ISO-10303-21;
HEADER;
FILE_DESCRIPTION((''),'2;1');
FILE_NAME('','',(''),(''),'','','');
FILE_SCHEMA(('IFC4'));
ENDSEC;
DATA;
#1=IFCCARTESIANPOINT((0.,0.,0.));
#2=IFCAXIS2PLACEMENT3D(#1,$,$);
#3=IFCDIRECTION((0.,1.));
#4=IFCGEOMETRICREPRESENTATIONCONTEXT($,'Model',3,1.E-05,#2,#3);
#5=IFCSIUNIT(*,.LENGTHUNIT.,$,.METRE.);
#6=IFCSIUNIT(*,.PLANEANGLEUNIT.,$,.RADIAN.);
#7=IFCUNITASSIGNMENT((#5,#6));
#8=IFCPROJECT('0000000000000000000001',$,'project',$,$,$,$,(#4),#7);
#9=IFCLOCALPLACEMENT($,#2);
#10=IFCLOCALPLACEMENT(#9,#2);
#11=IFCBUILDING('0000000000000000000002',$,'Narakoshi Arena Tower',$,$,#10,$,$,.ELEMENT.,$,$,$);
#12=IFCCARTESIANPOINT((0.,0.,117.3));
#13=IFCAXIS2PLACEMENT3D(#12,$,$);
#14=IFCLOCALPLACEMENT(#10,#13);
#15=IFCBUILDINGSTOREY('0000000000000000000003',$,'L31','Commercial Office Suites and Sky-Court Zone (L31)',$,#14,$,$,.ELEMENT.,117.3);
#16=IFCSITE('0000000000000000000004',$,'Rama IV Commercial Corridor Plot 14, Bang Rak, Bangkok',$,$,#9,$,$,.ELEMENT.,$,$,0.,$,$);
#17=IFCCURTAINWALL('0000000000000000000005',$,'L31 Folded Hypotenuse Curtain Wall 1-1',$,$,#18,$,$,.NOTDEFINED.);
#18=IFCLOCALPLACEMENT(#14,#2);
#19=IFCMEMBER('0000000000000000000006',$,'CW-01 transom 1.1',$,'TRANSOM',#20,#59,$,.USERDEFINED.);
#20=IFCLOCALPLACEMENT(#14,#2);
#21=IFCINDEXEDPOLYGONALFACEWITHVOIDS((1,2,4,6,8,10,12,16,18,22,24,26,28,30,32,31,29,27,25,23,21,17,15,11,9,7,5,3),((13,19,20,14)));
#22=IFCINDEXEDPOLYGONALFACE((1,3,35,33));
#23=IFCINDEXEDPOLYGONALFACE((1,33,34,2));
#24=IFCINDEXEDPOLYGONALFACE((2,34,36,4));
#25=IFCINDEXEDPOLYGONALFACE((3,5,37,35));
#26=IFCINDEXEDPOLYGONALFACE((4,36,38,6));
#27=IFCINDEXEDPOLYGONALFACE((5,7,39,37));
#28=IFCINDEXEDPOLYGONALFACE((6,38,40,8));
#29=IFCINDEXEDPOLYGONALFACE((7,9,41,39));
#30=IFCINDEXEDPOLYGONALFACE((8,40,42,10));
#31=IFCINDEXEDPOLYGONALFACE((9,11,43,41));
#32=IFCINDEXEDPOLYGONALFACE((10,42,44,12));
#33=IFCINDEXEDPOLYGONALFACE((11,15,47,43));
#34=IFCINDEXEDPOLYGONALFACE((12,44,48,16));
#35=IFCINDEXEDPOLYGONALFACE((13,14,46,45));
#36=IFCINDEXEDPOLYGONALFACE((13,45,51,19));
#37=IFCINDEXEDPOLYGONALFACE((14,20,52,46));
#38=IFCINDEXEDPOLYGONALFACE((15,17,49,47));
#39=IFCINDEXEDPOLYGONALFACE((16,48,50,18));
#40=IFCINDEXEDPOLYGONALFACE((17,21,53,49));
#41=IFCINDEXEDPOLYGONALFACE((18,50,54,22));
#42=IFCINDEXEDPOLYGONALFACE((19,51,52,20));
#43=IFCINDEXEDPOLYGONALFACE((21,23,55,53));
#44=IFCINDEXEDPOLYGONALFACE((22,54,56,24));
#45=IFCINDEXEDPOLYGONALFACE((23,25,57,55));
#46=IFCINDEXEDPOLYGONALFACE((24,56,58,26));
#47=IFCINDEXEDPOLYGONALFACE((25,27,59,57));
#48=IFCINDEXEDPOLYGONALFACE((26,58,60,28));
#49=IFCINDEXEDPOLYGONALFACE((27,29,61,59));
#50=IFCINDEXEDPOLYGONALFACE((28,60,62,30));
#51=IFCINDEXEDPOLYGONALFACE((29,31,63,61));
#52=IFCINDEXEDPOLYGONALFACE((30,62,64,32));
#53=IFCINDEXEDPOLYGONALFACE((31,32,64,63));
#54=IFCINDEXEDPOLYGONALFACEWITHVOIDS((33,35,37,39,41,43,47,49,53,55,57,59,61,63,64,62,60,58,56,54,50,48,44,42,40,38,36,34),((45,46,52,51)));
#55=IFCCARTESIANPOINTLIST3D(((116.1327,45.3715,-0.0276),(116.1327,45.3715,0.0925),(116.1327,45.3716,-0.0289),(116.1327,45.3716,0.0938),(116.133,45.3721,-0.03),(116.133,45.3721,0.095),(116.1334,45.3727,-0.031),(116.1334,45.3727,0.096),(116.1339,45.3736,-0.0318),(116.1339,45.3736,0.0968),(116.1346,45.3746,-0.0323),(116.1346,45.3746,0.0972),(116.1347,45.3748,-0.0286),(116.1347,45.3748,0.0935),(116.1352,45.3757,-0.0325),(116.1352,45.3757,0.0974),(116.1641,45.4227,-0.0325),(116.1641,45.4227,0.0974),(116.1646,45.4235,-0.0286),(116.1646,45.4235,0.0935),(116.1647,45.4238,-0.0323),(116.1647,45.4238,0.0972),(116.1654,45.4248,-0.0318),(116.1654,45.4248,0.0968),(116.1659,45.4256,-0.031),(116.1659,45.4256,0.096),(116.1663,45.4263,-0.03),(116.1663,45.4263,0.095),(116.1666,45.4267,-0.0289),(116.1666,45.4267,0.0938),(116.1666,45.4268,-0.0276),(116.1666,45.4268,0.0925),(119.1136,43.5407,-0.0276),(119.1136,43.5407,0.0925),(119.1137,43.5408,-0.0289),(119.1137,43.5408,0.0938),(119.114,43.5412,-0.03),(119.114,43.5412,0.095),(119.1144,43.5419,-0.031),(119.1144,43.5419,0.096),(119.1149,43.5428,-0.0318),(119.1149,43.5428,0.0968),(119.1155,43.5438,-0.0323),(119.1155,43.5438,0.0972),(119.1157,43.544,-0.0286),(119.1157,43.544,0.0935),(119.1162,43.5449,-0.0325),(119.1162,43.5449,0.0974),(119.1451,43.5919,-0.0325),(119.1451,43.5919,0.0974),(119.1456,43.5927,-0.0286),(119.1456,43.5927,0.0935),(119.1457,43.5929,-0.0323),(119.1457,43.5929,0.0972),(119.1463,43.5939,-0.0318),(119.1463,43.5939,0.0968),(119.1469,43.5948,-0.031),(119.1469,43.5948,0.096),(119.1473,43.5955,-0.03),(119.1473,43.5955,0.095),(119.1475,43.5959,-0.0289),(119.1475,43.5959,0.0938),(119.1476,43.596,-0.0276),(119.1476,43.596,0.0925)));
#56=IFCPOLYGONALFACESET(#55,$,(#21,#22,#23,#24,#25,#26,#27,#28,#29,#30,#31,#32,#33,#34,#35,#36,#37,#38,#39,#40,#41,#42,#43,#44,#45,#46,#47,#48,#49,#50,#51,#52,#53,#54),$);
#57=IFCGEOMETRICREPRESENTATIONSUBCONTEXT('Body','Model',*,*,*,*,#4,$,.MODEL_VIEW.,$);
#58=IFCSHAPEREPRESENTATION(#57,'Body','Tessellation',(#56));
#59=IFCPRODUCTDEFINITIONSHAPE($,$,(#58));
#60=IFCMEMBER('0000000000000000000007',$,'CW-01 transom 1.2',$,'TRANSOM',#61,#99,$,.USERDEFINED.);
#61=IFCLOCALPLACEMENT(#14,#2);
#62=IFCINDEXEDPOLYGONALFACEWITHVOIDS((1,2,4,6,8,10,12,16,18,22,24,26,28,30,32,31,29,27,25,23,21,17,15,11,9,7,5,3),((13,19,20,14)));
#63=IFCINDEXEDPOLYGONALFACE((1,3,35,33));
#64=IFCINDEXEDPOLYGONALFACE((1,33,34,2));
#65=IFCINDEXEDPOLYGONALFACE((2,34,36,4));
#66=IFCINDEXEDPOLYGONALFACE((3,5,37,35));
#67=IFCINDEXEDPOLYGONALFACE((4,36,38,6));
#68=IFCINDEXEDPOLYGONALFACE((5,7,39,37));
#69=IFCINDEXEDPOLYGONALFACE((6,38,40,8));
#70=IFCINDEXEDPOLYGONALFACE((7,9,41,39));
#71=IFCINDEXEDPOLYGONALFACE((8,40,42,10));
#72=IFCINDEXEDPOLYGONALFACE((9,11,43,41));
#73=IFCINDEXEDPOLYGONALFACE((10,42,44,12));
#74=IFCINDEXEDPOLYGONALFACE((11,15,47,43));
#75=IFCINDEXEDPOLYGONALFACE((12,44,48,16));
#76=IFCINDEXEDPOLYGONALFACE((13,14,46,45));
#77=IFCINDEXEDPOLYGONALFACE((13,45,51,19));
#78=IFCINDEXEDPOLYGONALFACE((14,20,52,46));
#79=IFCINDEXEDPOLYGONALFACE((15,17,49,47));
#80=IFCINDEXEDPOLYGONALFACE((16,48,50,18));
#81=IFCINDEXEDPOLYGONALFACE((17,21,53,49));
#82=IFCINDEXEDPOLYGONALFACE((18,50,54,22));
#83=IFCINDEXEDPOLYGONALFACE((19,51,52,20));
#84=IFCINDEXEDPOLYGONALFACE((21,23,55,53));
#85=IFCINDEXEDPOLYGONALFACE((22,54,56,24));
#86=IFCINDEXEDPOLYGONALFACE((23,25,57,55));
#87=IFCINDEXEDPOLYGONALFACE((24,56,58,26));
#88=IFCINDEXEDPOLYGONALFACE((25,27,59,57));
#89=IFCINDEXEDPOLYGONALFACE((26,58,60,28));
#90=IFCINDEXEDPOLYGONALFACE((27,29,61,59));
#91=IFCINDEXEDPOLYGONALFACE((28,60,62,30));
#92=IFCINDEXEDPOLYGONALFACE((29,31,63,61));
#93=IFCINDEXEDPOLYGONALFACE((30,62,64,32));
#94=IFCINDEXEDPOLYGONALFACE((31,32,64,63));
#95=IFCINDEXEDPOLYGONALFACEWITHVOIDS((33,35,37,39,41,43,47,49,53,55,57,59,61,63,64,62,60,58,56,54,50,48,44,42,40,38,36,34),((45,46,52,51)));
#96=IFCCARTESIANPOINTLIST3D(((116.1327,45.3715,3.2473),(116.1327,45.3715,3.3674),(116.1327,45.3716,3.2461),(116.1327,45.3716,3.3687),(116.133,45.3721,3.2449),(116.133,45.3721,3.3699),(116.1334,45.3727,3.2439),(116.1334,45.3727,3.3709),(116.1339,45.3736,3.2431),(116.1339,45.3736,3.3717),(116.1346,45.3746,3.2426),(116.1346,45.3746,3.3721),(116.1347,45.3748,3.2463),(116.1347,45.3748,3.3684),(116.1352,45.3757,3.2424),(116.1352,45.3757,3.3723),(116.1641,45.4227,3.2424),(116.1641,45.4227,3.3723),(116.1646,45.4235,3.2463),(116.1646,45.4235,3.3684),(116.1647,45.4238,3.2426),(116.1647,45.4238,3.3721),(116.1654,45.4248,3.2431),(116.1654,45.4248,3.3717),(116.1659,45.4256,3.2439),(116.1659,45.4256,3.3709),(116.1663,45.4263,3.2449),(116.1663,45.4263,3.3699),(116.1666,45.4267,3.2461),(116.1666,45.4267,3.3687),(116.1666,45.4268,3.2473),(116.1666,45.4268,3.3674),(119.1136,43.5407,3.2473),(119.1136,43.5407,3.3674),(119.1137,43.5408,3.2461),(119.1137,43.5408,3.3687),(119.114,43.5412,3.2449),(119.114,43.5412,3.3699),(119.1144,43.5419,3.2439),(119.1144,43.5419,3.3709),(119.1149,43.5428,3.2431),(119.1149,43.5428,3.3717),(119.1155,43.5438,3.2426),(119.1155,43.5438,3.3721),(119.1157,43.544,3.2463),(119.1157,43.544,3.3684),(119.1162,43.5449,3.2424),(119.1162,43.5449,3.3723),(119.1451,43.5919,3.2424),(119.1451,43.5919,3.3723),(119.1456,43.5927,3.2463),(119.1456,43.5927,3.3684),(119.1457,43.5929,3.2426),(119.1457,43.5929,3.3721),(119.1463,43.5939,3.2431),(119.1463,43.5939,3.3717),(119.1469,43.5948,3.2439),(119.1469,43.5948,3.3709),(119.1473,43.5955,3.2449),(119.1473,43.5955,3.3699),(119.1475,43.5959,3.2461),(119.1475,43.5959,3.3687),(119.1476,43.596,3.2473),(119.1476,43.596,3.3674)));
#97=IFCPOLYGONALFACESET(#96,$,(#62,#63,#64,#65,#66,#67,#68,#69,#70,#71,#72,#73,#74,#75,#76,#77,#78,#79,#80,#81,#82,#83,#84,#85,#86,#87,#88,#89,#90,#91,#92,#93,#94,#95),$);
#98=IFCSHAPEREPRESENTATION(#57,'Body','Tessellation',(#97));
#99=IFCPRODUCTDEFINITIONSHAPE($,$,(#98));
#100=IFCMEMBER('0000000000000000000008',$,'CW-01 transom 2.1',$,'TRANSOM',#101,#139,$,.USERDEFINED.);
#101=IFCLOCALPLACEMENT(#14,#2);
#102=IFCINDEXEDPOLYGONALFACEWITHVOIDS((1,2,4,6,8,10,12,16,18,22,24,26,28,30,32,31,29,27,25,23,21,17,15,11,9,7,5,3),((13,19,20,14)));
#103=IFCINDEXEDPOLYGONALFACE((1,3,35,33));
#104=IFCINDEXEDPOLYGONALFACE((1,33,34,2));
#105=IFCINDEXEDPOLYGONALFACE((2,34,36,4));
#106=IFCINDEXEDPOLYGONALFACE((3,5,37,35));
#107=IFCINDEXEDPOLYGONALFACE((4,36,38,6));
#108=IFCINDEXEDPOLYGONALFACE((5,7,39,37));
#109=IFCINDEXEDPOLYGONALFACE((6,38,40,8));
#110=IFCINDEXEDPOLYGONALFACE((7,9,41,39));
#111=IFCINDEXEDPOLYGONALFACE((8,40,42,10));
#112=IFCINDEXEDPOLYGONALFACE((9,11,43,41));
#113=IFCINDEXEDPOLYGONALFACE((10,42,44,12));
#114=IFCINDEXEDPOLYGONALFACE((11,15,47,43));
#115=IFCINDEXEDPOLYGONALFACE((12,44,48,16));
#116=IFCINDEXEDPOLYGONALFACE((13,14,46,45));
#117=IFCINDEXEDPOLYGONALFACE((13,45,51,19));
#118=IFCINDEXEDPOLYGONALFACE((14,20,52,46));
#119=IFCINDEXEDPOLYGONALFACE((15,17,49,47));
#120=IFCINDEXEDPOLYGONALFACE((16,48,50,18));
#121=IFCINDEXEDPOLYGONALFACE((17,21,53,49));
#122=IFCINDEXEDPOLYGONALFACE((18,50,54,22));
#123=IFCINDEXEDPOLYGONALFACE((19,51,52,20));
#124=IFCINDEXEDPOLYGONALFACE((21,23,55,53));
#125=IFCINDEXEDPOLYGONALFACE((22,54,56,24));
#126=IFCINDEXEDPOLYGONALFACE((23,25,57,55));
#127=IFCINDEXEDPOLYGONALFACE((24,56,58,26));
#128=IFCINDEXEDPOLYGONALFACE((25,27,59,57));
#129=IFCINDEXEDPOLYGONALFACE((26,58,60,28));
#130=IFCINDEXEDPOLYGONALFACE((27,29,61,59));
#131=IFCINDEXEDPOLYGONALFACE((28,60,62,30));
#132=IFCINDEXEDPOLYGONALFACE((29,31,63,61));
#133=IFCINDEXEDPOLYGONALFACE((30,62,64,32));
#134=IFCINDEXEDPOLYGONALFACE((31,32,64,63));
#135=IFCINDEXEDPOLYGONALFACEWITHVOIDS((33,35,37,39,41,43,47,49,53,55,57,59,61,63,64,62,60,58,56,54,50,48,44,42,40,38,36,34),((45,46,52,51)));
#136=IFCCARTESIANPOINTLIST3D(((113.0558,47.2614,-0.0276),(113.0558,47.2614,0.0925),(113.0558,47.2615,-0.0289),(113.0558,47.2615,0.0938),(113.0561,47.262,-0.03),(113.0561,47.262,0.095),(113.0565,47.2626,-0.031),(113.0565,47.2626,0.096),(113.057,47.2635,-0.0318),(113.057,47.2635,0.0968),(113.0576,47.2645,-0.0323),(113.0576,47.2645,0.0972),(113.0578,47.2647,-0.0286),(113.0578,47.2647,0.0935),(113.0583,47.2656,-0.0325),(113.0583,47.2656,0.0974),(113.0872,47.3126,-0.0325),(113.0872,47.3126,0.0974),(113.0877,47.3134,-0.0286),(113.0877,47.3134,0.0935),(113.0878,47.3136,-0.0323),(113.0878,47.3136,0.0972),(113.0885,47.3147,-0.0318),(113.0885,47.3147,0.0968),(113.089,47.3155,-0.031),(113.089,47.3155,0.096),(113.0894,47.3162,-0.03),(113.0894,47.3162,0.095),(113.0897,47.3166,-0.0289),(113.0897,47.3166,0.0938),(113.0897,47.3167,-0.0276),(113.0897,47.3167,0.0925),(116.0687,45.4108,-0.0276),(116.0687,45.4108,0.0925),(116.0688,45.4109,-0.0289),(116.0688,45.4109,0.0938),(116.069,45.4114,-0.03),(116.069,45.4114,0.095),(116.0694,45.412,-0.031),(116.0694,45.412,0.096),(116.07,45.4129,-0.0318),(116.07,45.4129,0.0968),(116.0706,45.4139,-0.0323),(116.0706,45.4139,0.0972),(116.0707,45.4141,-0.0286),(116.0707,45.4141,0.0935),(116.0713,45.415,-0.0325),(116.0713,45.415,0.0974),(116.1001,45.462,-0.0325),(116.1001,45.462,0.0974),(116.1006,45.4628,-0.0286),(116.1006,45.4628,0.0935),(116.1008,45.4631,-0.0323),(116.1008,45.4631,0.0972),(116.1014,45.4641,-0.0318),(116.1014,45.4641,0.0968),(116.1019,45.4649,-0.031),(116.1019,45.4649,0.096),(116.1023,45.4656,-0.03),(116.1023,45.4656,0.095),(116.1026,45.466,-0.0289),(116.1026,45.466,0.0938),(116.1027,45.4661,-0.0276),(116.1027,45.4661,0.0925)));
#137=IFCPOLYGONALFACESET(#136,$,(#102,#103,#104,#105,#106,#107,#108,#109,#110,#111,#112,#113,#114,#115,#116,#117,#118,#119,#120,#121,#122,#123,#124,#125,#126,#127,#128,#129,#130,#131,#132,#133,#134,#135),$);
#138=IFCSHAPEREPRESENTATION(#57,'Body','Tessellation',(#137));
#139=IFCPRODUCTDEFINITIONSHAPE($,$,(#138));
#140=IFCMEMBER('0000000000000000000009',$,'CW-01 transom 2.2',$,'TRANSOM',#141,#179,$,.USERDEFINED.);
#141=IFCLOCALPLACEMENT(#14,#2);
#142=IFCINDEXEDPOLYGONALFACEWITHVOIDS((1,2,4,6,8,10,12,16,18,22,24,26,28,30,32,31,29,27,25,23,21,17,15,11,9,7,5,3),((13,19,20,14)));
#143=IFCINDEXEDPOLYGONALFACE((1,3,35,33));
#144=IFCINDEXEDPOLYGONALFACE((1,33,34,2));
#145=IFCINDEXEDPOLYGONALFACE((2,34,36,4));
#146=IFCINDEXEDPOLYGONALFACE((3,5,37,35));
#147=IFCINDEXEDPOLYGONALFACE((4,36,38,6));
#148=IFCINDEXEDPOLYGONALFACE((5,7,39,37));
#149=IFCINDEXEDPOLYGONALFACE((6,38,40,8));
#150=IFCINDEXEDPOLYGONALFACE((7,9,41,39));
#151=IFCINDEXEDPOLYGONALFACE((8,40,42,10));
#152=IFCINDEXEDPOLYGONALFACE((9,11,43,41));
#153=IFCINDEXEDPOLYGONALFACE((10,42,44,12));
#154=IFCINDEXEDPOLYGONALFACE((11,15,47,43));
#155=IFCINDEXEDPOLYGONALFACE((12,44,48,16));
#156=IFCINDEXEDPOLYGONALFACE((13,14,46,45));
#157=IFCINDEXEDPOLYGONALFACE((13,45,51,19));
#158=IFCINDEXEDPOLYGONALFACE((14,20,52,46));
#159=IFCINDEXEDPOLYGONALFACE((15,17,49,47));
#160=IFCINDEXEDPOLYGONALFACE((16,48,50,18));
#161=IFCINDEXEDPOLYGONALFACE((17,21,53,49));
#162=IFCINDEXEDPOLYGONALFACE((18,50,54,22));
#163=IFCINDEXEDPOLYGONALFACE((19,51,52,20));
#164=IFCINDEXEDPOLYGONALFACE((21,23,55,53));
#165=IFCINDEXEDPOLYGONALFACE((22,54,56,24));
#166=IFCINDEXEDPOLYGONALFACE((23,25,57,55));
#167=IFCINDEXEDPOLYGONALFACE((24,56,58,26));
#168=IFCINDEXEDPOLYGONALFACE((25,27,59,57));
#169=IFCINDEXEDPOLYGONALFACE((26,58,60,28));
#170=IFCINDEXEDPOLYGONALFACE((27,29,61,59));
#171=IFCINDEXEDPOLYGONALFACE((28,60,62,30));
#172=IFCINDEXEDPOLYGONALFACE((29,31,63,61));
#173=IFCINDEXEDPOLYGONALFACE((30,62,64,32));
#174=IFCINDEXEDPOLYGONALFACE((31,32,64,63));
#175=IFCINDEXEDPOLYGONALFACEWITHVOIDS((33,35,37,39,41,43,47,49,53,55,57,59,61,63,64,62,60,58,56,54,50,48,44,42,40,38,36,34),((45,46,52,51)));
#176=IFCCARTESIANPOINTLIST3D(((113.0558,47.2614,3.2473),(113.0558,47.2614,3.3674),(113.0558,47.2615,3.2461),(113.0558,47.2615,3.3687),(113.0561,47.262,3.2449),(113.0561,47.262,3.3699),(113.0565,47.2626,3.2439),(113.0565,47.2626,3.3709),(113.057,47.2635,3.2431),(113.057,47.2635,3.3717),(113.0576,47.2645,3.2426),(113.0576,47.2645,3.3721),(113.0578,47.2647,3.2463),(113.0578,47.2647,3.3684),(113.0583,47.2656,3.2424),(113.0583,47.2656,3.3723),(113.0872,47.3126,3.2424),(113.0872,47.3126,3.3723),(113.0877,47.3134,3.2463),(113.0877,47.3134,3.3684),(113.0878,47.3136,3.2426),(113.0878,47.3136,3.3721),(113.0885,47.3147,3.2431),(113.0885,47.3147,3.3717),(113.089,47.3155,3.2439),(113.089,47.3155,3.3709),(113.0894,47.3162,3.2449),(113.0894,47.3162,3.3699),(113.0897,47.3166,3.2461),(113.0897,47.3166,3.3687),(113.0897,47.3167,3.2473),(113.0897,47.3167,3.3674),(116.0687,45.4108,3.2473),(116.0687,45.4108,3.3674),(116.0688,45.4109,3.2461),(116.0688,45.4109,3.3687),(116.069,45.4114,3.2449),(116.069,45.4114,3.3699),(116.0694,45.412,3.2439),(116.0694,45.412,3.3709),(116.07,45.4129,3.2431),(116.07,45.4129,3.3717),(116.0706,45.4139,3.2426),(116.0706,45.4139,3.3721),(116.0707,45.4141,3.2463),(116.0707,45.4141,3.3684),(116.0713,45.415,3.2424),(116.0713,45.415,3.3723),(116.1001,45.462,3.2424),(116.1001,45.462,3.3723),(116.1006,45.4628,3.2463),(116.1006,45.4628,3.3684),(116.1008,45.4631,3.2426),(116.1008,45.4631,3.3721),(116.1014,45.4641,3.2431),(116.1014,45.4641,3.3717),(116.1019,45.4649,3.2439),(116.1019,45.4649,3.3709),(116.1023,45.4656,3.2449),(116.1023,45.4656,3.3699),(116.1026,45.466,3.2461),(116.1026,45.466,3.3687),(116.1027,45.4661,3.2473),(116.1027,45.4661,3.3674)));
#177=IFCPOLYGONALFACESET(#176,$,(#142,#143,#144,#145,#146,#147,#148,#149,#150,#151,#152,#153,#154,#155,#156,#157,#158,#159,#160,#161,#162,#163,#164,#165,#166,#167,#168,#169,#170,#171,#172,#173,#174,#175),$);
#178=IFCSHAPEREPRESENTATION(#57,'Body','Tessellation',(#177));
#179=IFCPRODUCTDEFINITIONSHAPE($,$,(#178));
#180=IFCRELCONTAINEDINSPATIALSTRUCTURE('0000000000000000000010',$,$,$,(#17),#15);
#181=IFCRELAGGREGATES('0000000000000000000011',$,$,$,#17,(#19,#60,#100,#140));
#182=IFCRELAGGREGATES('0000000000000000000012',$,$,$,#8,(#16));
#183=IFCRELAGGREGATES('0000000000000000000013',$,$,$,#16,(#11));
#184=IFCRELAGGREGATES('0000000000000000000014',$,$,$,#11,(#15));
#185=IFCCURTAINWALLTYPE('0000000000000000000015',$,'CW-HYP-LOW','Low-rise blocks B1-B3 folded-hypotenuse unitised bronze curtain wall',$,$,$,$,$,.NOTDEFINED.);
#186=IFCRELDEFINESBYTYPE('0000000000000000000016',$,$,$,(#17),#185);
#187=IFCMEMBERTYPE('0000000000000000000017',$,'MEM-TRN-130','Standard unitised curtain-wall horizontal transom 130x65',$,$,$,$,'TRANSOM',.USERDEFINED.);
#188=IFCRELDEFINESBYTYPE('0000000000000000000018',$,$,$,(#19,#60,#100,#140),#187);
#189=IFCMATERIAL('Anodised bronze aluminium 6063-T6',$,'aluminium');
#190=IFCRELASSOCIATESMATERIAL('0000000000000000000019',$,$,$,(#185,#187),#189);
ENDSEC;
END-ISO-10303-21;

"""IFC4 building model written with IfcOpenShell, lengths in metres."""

from ifc_helpers import new_model, si_unit, direction, frame, origin, origin_2d, place, context, subcontext, project, spatial, hollow_rectangle, extrude, material, material_profile, profile_set, type_object, element, aggregate, save


model = new_model("IFC4")

# Units and contexts
model_context = context("Model", 3, precision=1e-05, world=origin(), true_north=direction((0.0, 1.0)))
body_context = subcontext(model_context, "Body", "Model", "MODEL_VIEW")
ifc_project = project(units=[si_unit("LENGTHUNIT", "METRE"), si_unit("PLANEANGLEUNIT", "RADIAN")], contexts=[model_context])

# Site, building, storey
site_placement = place(None, origin())
site = spatial("IfcSite", under=ifc_project, at=site_placement, Name="Rama IV Commercial Corridor Plot 14, Bang Rak, Bangkok", CompositionType="ELEMENT", RefElevation=0.0)
building_placement = place(site_placement, origin())
building = spatial("IfcBuilding", under=site, at=building_placement, Name="Narakoshi Arena Tower", CompositionType="ELEMENT")
storey_placement = place(building_placement, frame((0.0, 0.0, 117.3)))
storey = spatial("IfcBuildingStorey", under=building, at=storey_placement, Name="L31", Description="Commercial Office Suites and Sky-Court Zone (L31)", CompositionType="ELEMENT", Elevation=117.3)

# Curtain wall, members
ifc_material_1 = material(Name="Anodised bronze aluminium 6063-T6", Category="aluminium")
curtain_wall_type = type_object("IfcCurtainWallType", Name="CW-HYP-LOW", Description="Low-rise blocks B1-B3 folded-hypotenuse unitised bronze curtain wall", PredefinedType="NOTDEFINED", material=ifc_material_1)
curtain_wall_placement = place(storey_placement, origin())
curtain_wall = element("IfcCurtainWall", 1, at=curtain_wall_placement, inside=storey, type_object=curtain_wall_type, Name="L31 Folded Hypotenuse Curtain Wall 1-1", PredefinedType="NOTDEFINED")
ifc_material_profile_1 = material_profile(ifc_material_1, hollow_rectangle(XDim=0.0649, YDim=0.1299, WallThickness=0.0039, OuterFilletRadius=0.0049, at=origin_2d()), Name="TRN130x65x4")
ifc_profile_set_1 = profile_set([ifc_material_profile_1], Name="Anodised bronze aluminium 6063-T6")
member_type_1 = type_object("IfcMemberType", Name="MEM-TRN-130", Description="Standard unitised curtain-wall horizontal transom 130x65", ElementType="TRANSOM", PredefinedType="USERDEFINED", material=ifc_profile_set_1)
member_1_placement = place(storey_placement, frame((119.1306, 43.5684, 0.0325), z_axis=(-0.85212, 0.523346, 0.0), x_axis=(-0.523346, -0.85212, 0.0)))
member_1 = element("IfcMember", 2, at=member_1_placement, type_object=member_type_1, Name="CW-01 transom 1.1", ObjectType="TRANSOM", PredefinedType="USERDEFINED", context=body_context, shape_type="SweptSolid", body=[
    extrude(hollow_rectangle(XDim=0.0649, YDim=0.1299, WallThickness=0.0039, OuterFilletRadius=0.0049, at=origin_2d()), origin(), (0.0, 0.0, 1.0), 3.4983),
])
member_2_placement = place(storey_placement, frame((119.1306, 43.5684, 3.3074), z_axis=(-0.85212, 0.523346, 0.0), x_axis=(-0.523346, -0.85212, 0.0)))
member_2 = element("IfcMember", 3, at=member_2_placement, type_object=member_type_1, Name="CW-01 transom 1.2", ObjectType="TRANSOM", PredefinedType="USERDEFINED", context=body_context, shape_type="SweptSolid", body=[
    extrude(hollow_rectangle(XDim=0.0649, YDim=0.1299, WallThickness=0.0039, OuterFilletRadius=0.0049, at=origin_2d()), origin(), (0.0, 0.0, 1.0), 3.4983),
])
member_3_placement = place(storey_placement, frame((116.0857, 45.4385, 0.0325), z_axis=(-0.852104, 0.523373, 0.0), x_axis=(-0.523373, -0.852104, 0.0)))
member_3 = element("IfcMember", 4, at=member_3_placement, type_object=member_type_1, Name="CW-01 transom 2.1", ObjectType="TRANSOM", PredefinedType="USERDEFINED", context=body_context, shape_type="SweptSolid", body=[
    extrude(hollow_rectangle(XDim=0.0649, YDim=0.1299, WallThickness=0.0039, OuterFilletRadius=0.0049, at=origin_2d()), origin(), (0.0, 0.0, 1.0), 3.5359),
])
member_4_placement = place(storey_placement, frame((116.0857, 45.4385, 3.3074), z_axis=(-0.852104, 0.523373, 0.0), x_axis=(-0.523373, -0.852104, 0.0)))
member_4 = element("IfcMember", 5, at=member_4_placement, type_object=member_type_1, Name="CW-01 transom 2.2", ObjectType="TRANSOM", PredefinedType="USERDEFINED", context=body_context, shape_type="SweptSolid", body=[
    extrude(hollow_rectangle(XDim=0.0649, YDim=0.1299, WallThickness=0.0039, OuterFilletRadius=0.0049, at=origin_2d()), origin(), (0.0, 0.0, 1.0), 3.5359),
])
aggregate(curtain_wall, [member_1, member_2, member_3, member_4])

save(model, "model.ifc")
